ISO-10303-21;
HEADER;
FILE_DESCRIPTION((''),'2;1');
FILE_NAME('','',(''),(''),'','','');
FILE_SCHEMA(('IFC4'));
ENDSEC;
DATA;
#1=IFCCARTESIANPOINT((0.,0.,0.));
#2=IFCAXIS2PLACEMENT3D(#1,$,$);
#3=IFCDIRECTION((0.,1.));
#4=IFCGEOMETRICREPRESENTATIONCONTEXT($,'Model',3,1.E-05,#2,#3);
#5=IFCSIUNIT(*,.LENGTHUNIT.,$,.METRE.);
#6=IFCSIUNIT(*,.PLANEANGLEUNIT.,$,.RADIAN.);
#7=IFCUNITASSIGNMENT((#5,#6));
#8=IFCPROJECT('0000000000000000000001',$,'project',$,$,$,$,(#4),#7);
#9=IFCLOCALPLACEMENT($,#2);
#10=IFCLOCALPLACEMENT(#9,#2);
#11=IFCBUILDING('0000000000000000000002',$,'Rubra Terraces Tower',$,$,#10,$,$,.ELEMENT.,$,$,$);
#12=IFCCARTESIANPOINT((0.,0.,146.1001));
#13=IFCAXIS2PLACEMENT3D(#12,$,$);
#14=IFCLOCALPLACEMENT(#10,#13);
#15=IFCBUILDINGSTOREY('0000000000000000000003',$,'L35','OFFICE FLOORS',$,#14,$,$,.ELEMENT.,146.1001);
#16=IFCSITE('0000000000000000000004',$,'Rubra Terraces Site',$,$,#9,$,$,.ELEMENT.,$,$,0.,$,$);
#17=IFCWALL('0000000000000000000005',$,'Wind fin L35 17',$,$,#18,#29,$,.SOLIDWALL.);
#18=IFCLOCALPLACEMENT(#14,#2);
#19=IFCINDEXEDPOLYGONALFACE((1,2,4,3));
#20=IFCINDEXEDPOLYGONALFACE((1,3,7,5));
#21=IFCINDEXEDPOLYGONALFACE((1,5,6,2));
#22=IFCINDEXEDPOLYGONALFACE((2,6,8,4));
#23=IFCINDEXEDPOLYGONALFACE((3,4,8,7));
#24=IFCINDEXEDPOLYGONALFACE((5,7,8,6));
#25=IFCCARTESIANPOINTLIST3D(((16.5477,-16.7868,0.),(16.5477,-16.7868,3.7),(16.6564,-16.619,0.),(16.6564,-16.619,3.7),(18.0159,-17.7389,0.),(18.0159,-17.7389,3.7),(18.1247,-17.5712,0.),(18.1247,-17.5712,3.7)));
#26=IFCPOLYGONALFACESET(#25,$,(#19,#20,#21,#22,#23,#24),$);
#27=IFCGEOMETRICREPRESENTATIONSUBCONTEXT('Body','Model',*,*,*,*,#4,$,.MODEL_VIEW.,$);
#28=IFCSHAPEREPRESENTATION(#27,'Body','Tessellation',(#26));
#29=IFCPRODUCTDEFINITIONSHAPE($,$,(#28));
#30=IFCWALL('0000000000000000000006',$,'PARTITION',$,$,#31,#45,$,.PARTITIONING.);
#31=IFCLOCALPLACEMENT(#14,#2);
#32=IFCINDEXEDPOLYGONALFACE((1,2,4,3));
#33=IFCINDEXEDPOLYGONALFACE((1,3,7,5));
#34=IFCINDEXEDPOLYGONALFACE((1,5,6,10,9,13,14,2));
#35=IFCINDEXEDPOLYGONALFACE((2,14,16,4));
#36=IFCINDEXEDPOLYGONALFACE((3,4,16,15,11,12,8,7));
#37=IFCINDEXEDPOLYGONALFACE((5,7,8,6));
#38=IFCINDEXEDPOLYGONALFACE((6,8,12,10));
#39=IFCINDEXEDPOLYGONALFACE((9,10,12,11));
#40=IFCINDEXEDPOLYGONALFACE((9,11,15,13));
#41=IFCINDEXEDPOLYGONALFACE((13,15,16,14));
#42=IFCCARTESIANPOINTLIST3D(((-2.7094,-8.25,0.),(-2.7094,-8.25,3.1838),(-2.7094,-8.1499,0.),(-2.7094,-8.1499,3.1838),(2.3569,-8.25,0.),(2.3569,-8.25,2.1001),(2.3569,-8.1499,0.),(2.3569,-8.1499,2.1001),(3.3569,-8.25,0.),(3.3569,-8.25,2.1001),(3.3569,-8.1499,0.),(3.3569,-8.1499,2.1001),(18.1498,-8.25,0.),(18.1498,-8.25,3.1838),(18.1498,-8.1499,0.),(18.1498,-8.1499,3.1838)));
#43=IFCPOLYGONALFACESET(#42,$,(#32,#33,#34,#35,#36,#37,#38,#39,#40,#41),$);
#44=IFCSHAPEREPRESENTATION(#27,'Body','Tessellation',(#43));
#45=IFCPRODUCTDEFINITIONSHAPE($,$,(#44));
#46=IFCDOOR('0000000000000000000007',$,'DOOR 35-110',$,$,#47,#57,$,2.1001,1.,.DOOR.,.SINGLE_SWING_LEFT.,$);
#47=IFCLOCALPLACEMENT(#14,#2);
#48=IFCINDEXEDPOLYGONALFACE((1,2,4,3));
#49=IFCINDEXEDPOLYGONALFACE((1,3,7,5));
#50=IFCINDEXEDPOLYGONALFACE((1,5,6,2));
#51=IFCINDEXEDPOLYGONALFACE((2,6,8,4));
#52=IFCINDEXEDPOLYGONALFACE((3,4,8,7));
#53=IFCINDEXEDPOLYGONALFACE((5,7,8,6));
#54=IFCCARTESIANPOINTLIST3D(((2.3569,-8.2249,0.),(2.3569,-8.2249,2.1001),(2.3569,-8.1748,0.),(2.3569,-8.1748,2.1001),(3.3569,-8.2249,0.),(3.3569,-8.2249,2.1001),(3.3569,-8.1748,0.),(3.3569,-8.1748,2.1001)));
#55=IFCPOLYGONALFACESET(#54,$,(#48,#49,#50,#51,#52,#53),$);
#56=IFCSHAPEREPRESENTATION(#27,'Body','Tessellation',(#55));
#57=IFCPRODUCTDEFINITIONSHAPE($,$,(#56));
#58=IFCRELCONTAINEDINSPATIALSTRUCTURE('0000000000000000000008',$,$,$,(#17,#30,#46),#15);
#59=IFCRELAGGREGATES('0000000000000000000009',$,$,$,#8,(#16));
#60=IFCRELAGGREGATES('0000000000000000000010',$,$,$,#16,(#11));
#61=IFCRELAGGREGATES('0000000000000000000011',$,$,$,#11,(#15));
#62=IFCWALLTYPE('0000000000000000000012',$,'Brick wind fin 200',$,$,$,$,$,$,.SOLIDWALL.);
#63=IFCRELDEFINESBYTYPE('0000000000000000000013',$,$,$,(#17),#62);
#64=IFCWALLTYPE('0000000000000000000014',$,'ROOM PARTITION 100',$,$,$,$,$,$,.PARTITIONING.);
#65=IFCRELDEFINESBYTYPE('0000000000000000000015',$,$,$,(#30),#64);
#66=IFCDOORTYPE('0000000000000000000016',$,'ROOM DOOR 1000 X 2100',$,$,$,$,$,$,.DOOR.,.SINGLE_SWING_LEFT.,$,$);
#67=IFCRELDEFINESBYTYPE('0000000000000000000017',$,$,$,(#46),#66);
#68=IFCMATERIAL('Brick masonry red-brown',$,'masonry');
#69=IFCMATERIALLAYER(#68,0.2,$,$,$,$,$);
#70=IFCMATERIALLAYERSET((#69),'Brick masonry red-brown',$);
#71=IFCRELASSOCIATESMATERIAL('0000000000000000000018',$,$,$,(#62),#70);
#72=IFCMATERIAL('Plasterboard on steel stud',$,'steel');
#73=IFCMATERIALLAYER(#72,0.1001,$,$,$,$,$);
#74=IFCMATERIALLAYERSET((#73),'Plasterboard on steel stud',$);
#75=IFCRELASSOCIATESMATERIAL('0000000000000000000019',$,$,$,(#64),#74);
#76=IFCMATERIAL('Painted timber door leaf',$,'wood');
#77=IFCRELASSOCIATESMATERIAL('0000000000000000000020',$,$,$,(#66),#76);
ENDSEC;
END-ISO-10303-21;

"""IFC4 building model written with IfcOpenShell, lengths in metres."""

from ifc_helpers import new_model, si_unit, direction, frame, frame_2d, origin, place, context, subcontext, project, spatial, rectangle, extrude, material, layer, layer_set, type_object, element, fill, save


model = new_model("IFC4")

# Units and contexts
model_context = context("Model", 3, precision=1e-05, world=origin(), true_north=direction((0.0, 1.0)))
body_context = subcontext(model_context, "Body", "Model", "MODEL_VIEW")
ifc_project = project(units=[si_unit("LENGTHUNIT", "METRE"), si_unit("PLANEANGLEUNIT", "RADIAN")], contexts=[model_context])

# Site, building, storey
site_placement = place(None, origin())
site = spatial("IfcSite", under=ifc_project, at=site_placement, Name="Rubra Terraces Site", CompositionType="ELEMENT", RefElevation=0.0)
building_placement = place(site_placement, origin())
building = spatial("IfcBuilding", under=site, at=building_placement, Name="Rubra Terraces Tower", CompositionType="ELEMENT")
storey_placement = place(building_placement, frame((0.0, 0.0, 146.1001)))
storey = spatial("IfcBuildingStorey", under=building, at=storey_placement, Name="L35", Description="OFFICE FLOORS", CompositionType="ELEMENT", Elevation=146.1001)

# Shared definitions
ifc_material_1 = material(Name="Brick masonry red-brown", Category="masonry")

# Wall
ifc_layer_1 = layer(ifc_material_1, 0.2)
ifc_layer_set_1 = layer_set([ifc_layer_1], Name="Brick masonry red-brown")
wall_type_1 = type_object("IfcWallType", Name="Brick wind fin 200", PredefinedType="SOLIDWALL", material=ifc_layer_set_1)
wall_1_placement = place(storey_placement, frame((16.6021, -16.7029, 0.0), z_axis=(0.0, 0.0, 1.0), x_axis=(0.839023, -0.544096, 0.0)))
element("IfcWall", 1, at=wall_1_placement, inside=storey, type_object=wall_type_1, Name="Wind fin L35 17", PredefinedType="SOLIDWALL", context=body_context, shape_type="SweptSolid", body=[
    extrude(rectangle(XDim=1.75, YDim=0.2, at=frame_2d((0.875, 0.0))), origin(), (0.0, 0.0, 1.0), 3.7),
])

# Wall, opening, door
ifc_material_2 = material(Name="Plasterboard on steel stud", Category="steel")
ifc_layer_2 = layer(ifc_material_2, 0.1001)
ifc_layer_set_2 = layer_set([ifc_layer_2], Name="Plasterboard on steel stud")
wall_type_2 = type_object("IfcWallType", Name="ROOM PARTITION 100", PredefinedType="PARTITIONING", material=ifc_layer_set_2)
wall_2_placement = place(storey_placement, frame((18.1499, -8.2, 0.0), z_axis=(0.0, 0.0, 1.0), x_axis=(-1.0, 0.0, 0.0)))
wall_2 = element("IfcWall", 2, at=wall_2_placement, inside=storey, type_object=wall_type_2, Name="PARTITION", PredefinedType="PARTITIONING", context=body_context, shape_type="SweptSolid", body=[
    extrude(rectangle(XDim=20.8591, YDim=0.1001, at=frame_2d((10.4297, 0.0))), origin(), (0.0, 0.0, 1.0), 3.1838),
])
opening_1_placement = place(wall_2_placement, frame((14.793, 0.0, 0.0)))
opening_1 = element("IfcOpeningElement", 3, at=opening_1_placement, cuts=wall_2, PredefinedType="OPENING", context=body_context, shape_type="SweptSolid", body=[
    extrude(rectangle(XDim=1.0, YDim=2.1001, at=frame_2d((0.5, 1.05))), frame((0.0, 0.0601, 0.0), z_axis=(0.0, -1.0, 0.0), x_axis=(1.0, 0.0, 0.0)), (0.0, 0.0, 1.0), 0.1201),
])
ifc_material_3 = material(Name="Painted timber door leaf", Category="wood")
door_type = type_object("IfcDoorType", Name="ROOM DOOR 1000 X 2100", OperationType="SINGLE_SWING_LEFT", PredefinedType="DOOR", material=ifc_material_3)
door_placement = place(opening_1_placement, origin())
door = element("IfcDoor", 4, at=door_placement, inside=storey, type_object=door_type, Name="DOOR 35-110", OperationType="SINGLE_SWING_LEFT", OverallHeight=2.1001, OverallWidth=1.0, PredefinedType="DOOR", context=body_context, shape_type="SweptSolid", body=[
    extrude(rectangle(XDim=1.0, YDim=2.1001, at=frame_2d((0.5, 1.05))), frame((0.0, 0.0249, 0.0), z_axis=(0.0, -1.0, 0.0), x_axis=(1.0, 0.0, 0.0)), (0.0, 0.0, 1.0), 0.05),
])
fill(opening_1, door)

save(model, "model.ifc")
